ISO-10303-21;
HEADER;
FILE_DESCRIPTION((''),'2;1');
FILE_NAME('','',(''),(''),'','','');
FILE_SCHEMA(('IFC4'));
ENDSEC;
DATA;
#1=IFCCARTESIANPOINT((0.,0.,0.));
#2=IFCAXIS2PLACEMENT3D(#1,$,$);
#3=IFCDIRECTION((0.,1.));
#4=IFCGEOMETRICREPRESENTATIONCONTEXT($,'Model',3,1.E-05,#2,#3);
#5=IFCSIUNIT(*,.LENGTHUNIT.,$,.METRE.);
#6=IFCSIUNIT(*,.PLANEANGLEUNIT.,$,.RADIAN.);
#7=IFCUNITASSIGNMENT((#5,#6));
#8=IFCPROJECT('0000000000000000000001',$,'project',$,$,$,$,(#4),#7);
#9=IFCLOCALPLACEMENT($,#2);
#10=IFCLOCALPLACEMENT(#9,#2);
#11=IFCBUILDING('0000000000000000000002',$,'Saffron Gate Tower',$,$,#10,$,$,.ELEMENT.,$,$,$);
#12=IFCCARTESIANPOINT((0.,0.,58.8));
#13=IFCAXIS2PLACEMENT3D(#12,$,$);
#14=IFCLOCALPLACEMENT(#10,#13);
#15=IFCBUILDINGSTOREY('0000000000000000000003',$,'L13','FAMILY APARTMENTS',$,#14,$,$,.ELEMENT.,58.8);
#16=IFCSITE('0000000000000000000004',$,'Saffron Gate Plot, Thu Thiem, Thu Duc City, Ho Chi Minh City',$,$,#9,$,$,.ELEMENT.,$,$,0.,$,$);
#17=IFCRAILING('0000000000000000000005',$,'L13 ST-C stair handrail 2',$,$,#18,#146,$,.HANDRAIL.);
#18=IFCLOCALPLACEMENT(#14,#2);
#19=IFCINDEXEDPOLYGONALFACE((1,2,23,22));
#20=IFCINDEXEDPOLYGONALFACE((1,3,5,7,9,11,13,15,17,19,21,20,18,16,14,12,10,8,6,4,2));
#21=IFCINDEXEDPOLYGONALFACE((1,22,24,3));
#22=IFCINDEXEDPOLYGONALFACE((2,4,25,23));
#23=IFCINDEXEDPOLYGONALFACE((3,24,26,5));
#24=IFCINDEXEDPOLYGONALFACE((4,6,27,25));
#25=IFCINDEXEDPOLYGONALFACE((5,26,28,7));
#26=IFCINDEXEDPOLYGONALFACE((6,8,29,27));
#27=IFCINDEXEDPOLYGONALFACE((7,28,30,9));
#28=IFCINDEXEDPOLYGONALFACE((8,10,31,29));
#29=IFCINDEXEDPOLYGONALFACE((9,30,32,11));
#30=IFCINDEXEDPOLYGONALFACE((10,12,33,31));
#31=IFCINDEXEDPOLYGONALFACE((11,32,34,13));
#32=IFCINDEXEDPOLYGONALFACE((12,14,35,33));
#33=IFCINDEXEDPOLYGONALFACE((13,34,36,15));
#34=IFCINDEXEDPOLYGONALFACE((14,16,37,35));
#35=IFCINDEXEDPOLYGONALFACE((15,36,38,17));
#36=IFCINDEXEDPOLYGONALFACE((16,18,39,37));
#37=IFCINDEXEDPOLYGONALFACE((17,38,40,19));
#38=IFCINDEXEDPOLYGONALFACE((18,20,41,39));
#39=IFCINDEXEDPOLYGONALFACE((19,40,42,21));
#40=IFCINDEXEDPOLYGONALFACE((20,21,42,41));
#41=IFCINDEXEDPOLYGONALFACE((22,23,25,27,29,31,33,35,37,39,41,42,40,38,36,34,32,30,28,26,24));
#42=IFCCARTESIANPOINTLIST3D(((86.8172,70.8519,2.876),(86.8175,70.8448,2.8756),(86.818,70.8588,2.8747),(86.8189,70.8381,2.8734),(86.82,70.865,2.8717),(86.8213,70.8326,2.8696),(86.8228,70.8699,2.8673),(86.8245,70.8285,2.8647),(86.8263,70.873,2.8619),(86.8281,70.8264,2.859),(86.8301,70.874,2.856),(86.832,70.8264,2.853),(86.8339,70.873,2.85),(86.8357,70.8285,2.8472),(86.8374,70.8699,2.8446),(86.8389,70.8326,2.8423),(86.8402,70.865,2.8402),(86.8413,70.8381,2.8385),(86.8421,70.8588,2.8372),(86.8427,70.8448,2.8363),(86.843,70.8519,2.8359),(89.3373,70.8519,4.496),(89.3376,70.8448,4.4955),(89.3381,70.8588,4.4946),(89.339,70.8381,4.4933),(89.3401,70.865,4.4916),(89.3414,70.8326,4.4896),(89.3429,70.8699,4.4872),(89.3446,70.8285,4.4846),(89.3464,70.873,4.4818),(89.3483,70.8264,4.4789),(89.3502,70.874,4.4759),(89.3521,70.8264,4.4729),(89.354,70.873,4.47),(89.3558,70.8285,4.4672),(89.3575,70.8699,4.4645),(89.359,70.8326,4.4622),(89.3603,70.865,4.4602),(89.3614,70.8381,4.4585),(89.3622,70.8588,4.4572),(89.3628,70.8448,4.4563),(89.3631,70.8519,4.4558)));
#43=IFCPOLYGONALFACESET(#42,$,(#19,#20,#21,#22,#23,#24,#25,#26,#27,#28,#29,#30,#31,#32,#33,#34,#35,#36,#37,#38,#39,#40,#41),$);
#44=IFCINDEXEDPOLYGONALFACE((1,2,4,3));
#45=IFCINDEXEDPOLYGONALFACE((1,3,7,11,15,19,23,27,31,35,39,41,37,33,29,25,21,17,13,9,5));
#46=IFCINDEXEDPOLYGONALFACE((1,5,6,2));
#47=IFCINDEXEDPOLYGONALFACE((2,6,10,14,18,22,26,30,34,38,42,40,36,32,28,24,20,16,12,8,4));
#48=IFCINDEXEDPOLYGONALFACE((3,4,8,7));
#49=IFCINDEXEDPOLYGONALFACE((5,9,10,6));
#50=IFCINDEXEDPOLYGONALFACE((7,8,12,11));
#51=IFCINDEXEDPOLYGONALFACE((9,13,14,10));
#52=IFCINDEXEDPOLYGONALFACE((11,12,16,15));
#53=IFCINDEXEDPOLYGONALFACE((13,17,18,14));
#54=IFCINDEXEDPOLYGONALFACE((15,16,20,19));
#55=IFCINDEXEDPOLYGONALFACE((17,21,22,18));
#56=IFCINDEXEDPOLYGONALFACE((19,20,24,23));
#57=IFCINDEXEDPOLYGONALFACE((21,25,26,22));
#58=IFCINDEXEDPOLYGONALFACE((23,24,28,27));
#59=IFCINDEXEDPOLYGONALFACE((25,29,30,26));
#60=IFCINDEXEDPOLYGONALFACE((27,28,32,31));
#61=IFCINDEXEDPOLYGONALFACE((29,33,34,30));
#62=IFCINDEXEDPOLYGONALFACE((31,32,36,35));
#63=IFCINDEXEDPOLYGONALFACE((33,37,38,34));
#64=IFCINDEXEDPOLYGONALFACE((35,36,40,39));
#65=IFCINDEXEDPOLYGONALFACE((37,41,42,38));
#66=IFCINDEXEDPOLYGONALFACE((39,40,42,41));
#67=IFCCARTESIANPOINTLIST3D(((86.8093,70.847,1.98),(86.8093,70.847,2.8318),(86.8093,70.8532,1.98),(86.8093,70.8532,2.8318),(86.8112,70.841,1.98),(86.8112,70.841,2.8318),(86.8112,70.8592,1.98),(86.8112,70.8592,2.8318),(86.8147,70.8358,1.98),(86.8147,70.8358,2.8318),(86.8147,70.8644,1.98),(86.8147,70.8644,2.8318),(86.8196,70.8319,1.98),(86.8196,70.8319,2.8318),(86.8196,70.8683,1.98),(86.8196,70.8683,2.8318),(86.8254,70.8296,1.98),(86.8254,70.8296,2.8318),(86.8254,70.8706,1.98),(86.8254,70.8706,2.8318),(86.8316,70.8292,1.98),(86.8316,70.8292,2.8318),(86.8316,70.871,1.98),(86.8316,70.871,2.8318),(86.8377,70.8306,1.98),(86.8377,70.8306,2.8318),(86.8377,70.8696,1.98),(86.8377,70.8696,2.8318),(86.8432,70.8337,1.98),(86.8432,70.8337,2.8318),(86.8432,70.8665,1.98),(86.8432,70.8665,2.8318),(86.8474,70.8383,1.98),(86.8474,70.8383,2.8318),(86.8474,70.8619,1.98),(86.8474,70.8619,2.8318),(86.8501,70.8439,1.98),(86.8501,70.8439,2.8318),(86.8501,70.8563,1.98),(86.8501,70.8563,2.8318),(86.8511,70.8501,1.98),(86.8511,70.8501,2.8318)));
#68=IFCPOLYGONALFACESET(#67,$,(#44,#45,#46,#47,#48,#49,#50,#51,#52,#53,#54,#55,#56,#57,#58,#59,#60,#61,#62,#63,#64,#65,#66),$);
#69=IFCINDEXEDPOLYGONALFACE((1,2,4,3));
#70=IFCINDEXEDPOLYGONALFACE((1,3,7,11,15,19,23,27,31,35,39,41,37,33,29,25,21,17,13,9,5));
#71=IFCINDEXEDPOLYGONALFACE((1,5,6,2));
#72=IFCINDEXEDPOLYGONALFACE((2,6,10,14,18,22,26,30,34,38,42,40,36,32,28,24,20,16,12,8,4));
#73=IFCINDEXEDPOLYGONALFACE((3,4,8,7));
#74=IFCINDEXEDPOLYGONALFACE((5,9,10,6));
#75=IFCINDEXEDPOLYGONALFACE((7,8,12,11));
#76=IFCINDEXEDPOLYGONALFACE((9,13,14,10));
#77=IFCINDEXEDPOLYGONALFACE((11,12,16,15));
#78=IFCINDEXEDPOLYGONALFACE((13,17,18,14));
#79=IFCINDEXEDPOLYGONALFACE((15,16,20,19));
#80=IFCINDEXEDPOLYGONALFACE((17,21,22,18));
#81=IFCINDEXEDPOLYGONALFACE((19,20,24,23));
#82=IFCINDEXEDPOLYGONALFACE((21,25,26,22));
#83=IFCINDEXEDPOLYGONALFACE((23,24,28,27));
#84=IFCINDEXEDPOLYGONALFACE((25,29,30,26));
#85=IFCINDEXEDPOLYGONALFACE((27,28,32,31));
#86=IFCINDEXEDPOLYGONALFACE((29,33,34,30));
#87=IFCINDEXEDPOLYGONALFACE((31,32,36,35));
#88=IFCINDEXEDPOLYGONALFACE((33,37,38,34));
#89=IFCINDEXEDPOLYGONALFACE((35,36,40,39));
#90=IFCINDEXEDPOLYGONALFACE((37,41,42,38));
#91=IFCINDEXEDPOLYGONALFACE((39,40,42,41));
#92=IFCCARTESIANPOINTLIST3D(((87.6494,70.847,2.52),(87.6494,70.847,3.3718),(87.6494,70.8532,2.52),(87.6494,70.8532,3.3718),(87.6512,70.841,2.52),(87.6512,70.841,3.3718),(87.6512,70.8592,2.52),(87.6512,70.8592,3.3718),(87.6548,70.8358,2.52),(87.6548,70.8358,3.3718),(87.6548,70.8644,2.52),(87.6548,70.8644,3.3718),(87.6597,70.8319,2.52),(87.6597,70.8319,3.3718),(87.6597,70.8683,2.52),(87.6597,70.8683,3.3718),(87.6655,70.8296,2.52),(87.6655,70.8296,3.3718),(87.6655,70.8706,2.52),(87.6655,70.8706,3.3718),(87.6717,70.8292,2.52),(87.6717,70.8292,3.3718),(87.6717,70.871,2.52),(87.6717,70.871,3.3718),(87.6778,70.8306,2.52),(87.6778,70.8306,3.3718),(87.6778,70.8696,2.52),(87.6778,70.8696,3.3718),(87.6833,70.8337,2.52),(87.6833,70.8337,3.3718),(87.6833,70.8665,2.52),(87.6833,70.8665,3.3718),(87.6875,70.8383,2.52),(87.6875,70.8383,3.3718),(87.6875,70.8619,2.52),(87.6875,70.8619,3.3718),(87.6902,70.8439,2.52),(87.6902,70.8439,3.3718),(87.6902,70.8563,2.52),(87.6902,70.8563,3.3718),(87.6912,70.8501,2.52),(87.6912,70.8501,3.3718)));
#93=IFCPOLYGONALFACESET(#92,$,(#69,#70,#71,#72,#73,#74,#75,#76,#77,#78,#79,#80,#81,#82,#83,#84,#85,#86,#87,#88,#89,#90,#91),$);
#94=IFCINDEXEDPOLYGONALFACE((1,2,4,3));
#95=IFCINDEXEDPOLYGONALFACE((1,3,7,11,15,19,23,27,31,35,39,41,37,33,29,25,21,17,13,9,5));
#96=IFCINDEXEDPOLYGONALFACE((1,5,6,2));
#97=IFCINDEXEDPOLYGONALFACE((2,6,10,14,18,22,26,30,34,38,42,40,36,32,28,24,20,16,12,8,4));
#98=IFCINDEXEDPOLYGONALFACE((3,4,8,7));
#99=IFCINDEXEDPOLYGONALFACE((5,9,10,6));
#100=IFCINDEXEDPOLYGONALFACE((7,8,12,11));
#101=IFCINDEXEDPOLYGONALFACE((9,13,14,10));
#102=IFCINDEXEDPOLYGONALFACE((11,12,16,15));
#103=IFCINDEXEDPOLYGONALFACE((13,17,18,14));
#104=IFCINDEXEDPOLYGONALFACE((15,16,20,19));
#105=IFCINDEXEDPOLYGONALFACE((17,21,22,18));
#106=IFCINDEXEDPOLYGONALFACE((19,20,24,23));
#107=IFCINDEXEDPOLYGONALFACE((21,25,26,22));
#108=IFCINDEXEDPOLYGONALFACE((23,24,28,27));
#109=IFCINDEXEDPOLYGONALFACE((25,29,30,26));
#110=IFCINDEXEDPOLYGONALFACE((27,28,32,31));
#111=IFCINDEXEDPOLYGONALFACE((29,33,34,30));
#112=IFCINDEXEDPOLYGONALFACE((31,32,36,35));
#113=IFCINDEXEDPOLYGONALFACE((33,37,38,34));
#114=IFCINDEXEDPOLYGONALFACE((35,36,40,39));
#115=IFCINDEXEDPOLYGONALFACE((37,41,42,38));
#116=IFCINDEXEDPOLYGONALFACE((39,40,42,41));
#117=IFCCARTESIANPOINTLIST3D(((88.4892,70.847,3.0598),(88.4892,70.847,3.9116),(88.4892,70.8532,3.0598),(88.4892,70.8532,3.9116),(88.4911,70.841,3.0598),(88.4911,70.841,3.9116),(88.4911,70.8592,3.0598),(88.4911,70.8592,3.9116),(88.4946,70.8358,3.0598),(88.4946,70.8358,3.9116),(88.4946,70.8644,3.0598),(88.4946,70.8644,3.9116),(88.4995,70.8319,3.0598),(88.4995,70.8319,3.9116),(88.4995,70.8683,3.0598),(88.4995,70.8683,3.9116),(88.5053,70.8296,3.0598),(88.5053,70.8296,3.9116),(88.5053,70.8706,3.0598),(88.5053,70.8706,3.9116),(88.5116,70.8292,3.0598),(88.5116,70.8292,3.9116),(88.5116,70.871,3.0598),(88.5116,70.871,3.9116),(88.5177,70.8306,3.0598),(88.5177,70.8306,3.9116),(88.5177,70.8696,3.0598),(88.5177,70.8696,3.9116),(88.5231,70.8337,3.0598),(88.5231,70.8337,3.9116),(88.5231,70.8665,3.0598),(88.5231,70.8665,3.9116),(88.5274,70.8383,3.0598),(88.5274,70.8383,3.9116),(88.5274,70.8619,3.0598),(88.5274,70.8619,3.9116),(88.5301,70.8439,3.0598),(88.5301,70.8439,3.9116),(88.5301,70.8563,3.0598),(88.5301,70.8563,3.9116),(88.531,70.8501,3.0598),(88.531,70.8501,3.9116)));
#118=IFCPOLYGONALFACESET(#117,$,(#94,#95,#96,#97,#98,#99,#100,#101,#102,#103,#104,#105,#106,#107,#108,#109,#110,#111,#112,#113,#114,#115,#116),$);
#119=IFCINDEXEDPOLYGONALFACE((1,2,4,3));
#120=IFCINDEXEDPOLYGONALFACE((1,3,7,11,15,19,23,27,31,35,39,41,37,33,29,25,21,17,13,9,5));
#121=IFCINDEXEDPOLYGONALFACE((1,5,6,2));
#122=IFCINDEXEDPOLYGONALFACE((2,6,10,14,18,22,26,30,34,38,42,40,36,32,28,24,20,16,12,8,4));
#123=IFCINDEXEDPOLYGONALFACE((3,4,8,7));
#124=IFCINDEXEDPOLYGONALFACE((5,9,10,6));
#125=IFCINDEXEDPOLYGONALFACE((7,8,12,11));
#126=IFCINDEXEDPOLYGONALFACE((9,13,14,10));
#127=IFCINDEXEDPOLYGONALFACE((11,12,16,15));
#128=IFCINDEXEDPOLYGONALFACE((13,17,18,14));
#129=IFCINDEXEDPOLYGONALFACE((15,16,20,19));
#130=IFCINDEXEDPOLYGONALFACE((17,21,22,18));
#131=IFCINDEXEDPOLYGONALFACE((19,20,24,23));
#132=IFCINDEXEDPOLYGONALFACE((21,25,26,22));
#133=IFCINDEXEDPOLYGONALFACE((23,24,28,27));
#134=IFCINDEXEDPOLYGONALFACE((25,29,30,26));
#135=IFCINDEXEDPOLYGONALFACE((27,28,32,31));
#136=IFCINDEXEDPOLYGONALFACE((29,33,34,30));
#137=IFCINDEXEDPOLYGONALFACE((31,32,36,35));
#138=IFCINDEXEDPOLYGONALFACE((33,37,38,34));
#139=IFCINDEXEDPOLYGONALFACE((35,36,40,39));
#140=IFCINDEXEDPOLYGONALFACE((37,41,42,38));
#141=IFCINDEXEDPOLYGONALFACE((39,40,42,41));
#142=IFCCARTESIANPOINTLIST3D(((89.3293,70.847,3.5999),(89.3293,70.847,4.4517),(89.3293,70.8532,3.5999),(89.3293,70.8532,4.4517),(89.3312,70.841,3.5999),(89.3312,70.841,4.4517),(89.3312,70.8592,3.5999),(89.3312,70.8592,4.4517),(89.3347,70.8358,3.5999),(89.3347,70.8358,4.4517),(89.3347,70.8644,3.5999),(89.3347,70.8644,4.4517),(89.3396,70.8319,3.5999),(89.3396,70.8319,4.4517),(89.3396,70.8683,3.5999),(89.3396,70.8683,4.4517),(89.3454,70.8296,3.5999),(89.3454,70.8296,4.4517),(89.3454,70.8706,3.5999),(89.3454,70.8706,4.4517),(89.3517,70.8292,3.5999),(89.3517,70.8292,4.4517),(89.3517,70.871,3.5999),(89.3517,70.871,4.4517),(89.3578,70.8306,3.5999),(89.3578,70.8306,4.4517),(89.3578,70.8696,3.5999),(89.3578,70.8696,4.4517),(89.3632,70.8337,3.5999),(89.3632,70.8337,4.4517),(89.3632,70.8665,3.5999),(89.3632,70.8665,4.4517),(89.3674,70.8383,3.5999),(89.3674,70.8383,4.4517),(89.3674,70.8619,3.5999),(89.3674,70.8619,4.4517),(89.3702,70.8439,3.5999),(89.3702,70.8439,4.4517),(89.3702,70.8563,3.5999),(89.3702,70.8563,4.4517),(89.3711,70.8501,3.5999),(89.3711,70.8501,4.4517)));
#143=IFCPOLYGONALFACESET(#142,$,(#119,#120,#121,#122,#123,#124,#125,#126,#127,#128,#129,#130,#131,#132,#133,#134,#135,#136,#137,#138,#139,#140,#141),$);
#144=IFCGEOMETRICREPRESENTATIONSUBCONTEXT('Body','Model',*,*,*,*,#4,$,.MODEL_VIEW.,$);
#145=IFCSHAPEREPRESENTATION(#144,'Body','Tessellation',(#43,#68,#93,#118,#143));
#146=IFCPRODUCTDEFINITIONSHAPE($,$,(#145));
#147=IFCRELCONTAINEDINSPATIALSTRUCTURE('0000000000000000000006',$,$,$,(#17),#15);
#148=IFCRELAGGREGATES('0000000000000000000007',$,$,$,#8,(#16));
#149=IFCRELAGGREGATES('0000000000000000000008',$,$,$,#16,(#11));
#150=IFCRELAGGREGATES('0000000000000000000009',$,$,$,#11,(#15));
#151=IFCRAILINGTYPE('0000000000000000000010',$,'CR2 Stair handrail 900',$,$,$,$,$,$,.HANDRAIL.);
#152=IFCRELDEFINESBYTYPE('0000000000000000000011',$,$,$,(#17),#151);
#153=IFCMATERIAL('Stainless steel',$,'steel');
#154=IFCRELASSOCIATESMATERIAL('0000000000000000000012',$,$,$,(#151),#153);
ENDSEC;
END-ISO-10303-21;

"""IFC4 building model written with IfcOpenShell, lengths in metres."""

from ifc_helpers import new_model, si_unit, direction, frame, origin, origin_2d, place, context, subcontext, project, spatial, circle, extrude, material, type_object, element, save


model = new_model("IFC4")

# Units and contexts
model_context = context("Model", 3, precision=1e-05, world=origin(), true_north=direction((0.0, 1.0)))
body_context = subcontext(model_context, "Body", "Model", "MODEL_VIEW")
ifc_project = project(units=[si_unit("LENGTHUNIT", "METRE"), si_unit("PLANEANGLEUNIT", "RADIAN")], contexts=[model_context])

# Site, building, storey
site_placement = place(None, origin())
site = spatial("IfcSite", under=ifc_project, at=site_placement, Name="Saffron Gate Plot, Thu Thiem, Thu Duc City, Ho Chi Minh City", CompositionType="ELEMENT", RefElevation=0.0)
building_placement = place(site_placement, origin())
building = spatial("IfcBuilding", under=site, at=building_placement, Name="Saffron Gate Tower", CompositionType="ELEMENT")
storey_placement = place(building_placement, frame((0.0, 0.0, 58.8)))
storey = spatial("IfcBuildingStorey", under=building, at=storey_placement, Name="L13", Description="FAMILY APARTMENTS", CompositionType="ELEMENT", Elevation=58.8)

# Railing
ifc_material_1 = material(Name="Stainless steel", Category="steel")
railing_type_1 = type_object("IfcRailingType", Name="CR2 Stair handrail 900", PredefinedType="HANDRAIL", material=ifc_material_1)
railing_1_placement = place(storey_placement, frame((86.8301, 70.8501, 1.98)))
element("IfcRailing", 1, at=railing_1_placement, inside=storey, type_object=railing_type_1, Name="L13 ST-C stair handrail 2", PredefinedType="HANDRAIL", context=body_context, shape_type="SweptSolid", body=[
    extrude(circle(Radius=0.0239, at=origin_2d()), frame((0.0, 0.0, 0.876), z_axis=(0.8412, 0.0, 0.540725), x_axis=(0.0, 1.0, 0.0)), (0.0, 0.0, 1.0), 2.9958),
    extrude(circle(Radius=0.021, at=origin_2d()), origin(), (0.0, 0.0, 1.0), 0.8518),
    extrude(circle(Radius=0.021, at=origin_2d()), frame((0.8401, 0.0, 0.54)), (0.0, 0.0, 1.0), 0.8518),
    extrude(circle(Radius=0.021, at=origin_2d()), frame((1.6799, 0.0, 1.0798)), (0.0, 0.0, 1.0), 0.8518),
    extrude(circle(Radius=0.021, at=origin_2d()), frame((2.52, 0.0, 1.6199)), (0.0, 0.0, 1.0), 0.8518),
])

save(model, "model.ifc")
